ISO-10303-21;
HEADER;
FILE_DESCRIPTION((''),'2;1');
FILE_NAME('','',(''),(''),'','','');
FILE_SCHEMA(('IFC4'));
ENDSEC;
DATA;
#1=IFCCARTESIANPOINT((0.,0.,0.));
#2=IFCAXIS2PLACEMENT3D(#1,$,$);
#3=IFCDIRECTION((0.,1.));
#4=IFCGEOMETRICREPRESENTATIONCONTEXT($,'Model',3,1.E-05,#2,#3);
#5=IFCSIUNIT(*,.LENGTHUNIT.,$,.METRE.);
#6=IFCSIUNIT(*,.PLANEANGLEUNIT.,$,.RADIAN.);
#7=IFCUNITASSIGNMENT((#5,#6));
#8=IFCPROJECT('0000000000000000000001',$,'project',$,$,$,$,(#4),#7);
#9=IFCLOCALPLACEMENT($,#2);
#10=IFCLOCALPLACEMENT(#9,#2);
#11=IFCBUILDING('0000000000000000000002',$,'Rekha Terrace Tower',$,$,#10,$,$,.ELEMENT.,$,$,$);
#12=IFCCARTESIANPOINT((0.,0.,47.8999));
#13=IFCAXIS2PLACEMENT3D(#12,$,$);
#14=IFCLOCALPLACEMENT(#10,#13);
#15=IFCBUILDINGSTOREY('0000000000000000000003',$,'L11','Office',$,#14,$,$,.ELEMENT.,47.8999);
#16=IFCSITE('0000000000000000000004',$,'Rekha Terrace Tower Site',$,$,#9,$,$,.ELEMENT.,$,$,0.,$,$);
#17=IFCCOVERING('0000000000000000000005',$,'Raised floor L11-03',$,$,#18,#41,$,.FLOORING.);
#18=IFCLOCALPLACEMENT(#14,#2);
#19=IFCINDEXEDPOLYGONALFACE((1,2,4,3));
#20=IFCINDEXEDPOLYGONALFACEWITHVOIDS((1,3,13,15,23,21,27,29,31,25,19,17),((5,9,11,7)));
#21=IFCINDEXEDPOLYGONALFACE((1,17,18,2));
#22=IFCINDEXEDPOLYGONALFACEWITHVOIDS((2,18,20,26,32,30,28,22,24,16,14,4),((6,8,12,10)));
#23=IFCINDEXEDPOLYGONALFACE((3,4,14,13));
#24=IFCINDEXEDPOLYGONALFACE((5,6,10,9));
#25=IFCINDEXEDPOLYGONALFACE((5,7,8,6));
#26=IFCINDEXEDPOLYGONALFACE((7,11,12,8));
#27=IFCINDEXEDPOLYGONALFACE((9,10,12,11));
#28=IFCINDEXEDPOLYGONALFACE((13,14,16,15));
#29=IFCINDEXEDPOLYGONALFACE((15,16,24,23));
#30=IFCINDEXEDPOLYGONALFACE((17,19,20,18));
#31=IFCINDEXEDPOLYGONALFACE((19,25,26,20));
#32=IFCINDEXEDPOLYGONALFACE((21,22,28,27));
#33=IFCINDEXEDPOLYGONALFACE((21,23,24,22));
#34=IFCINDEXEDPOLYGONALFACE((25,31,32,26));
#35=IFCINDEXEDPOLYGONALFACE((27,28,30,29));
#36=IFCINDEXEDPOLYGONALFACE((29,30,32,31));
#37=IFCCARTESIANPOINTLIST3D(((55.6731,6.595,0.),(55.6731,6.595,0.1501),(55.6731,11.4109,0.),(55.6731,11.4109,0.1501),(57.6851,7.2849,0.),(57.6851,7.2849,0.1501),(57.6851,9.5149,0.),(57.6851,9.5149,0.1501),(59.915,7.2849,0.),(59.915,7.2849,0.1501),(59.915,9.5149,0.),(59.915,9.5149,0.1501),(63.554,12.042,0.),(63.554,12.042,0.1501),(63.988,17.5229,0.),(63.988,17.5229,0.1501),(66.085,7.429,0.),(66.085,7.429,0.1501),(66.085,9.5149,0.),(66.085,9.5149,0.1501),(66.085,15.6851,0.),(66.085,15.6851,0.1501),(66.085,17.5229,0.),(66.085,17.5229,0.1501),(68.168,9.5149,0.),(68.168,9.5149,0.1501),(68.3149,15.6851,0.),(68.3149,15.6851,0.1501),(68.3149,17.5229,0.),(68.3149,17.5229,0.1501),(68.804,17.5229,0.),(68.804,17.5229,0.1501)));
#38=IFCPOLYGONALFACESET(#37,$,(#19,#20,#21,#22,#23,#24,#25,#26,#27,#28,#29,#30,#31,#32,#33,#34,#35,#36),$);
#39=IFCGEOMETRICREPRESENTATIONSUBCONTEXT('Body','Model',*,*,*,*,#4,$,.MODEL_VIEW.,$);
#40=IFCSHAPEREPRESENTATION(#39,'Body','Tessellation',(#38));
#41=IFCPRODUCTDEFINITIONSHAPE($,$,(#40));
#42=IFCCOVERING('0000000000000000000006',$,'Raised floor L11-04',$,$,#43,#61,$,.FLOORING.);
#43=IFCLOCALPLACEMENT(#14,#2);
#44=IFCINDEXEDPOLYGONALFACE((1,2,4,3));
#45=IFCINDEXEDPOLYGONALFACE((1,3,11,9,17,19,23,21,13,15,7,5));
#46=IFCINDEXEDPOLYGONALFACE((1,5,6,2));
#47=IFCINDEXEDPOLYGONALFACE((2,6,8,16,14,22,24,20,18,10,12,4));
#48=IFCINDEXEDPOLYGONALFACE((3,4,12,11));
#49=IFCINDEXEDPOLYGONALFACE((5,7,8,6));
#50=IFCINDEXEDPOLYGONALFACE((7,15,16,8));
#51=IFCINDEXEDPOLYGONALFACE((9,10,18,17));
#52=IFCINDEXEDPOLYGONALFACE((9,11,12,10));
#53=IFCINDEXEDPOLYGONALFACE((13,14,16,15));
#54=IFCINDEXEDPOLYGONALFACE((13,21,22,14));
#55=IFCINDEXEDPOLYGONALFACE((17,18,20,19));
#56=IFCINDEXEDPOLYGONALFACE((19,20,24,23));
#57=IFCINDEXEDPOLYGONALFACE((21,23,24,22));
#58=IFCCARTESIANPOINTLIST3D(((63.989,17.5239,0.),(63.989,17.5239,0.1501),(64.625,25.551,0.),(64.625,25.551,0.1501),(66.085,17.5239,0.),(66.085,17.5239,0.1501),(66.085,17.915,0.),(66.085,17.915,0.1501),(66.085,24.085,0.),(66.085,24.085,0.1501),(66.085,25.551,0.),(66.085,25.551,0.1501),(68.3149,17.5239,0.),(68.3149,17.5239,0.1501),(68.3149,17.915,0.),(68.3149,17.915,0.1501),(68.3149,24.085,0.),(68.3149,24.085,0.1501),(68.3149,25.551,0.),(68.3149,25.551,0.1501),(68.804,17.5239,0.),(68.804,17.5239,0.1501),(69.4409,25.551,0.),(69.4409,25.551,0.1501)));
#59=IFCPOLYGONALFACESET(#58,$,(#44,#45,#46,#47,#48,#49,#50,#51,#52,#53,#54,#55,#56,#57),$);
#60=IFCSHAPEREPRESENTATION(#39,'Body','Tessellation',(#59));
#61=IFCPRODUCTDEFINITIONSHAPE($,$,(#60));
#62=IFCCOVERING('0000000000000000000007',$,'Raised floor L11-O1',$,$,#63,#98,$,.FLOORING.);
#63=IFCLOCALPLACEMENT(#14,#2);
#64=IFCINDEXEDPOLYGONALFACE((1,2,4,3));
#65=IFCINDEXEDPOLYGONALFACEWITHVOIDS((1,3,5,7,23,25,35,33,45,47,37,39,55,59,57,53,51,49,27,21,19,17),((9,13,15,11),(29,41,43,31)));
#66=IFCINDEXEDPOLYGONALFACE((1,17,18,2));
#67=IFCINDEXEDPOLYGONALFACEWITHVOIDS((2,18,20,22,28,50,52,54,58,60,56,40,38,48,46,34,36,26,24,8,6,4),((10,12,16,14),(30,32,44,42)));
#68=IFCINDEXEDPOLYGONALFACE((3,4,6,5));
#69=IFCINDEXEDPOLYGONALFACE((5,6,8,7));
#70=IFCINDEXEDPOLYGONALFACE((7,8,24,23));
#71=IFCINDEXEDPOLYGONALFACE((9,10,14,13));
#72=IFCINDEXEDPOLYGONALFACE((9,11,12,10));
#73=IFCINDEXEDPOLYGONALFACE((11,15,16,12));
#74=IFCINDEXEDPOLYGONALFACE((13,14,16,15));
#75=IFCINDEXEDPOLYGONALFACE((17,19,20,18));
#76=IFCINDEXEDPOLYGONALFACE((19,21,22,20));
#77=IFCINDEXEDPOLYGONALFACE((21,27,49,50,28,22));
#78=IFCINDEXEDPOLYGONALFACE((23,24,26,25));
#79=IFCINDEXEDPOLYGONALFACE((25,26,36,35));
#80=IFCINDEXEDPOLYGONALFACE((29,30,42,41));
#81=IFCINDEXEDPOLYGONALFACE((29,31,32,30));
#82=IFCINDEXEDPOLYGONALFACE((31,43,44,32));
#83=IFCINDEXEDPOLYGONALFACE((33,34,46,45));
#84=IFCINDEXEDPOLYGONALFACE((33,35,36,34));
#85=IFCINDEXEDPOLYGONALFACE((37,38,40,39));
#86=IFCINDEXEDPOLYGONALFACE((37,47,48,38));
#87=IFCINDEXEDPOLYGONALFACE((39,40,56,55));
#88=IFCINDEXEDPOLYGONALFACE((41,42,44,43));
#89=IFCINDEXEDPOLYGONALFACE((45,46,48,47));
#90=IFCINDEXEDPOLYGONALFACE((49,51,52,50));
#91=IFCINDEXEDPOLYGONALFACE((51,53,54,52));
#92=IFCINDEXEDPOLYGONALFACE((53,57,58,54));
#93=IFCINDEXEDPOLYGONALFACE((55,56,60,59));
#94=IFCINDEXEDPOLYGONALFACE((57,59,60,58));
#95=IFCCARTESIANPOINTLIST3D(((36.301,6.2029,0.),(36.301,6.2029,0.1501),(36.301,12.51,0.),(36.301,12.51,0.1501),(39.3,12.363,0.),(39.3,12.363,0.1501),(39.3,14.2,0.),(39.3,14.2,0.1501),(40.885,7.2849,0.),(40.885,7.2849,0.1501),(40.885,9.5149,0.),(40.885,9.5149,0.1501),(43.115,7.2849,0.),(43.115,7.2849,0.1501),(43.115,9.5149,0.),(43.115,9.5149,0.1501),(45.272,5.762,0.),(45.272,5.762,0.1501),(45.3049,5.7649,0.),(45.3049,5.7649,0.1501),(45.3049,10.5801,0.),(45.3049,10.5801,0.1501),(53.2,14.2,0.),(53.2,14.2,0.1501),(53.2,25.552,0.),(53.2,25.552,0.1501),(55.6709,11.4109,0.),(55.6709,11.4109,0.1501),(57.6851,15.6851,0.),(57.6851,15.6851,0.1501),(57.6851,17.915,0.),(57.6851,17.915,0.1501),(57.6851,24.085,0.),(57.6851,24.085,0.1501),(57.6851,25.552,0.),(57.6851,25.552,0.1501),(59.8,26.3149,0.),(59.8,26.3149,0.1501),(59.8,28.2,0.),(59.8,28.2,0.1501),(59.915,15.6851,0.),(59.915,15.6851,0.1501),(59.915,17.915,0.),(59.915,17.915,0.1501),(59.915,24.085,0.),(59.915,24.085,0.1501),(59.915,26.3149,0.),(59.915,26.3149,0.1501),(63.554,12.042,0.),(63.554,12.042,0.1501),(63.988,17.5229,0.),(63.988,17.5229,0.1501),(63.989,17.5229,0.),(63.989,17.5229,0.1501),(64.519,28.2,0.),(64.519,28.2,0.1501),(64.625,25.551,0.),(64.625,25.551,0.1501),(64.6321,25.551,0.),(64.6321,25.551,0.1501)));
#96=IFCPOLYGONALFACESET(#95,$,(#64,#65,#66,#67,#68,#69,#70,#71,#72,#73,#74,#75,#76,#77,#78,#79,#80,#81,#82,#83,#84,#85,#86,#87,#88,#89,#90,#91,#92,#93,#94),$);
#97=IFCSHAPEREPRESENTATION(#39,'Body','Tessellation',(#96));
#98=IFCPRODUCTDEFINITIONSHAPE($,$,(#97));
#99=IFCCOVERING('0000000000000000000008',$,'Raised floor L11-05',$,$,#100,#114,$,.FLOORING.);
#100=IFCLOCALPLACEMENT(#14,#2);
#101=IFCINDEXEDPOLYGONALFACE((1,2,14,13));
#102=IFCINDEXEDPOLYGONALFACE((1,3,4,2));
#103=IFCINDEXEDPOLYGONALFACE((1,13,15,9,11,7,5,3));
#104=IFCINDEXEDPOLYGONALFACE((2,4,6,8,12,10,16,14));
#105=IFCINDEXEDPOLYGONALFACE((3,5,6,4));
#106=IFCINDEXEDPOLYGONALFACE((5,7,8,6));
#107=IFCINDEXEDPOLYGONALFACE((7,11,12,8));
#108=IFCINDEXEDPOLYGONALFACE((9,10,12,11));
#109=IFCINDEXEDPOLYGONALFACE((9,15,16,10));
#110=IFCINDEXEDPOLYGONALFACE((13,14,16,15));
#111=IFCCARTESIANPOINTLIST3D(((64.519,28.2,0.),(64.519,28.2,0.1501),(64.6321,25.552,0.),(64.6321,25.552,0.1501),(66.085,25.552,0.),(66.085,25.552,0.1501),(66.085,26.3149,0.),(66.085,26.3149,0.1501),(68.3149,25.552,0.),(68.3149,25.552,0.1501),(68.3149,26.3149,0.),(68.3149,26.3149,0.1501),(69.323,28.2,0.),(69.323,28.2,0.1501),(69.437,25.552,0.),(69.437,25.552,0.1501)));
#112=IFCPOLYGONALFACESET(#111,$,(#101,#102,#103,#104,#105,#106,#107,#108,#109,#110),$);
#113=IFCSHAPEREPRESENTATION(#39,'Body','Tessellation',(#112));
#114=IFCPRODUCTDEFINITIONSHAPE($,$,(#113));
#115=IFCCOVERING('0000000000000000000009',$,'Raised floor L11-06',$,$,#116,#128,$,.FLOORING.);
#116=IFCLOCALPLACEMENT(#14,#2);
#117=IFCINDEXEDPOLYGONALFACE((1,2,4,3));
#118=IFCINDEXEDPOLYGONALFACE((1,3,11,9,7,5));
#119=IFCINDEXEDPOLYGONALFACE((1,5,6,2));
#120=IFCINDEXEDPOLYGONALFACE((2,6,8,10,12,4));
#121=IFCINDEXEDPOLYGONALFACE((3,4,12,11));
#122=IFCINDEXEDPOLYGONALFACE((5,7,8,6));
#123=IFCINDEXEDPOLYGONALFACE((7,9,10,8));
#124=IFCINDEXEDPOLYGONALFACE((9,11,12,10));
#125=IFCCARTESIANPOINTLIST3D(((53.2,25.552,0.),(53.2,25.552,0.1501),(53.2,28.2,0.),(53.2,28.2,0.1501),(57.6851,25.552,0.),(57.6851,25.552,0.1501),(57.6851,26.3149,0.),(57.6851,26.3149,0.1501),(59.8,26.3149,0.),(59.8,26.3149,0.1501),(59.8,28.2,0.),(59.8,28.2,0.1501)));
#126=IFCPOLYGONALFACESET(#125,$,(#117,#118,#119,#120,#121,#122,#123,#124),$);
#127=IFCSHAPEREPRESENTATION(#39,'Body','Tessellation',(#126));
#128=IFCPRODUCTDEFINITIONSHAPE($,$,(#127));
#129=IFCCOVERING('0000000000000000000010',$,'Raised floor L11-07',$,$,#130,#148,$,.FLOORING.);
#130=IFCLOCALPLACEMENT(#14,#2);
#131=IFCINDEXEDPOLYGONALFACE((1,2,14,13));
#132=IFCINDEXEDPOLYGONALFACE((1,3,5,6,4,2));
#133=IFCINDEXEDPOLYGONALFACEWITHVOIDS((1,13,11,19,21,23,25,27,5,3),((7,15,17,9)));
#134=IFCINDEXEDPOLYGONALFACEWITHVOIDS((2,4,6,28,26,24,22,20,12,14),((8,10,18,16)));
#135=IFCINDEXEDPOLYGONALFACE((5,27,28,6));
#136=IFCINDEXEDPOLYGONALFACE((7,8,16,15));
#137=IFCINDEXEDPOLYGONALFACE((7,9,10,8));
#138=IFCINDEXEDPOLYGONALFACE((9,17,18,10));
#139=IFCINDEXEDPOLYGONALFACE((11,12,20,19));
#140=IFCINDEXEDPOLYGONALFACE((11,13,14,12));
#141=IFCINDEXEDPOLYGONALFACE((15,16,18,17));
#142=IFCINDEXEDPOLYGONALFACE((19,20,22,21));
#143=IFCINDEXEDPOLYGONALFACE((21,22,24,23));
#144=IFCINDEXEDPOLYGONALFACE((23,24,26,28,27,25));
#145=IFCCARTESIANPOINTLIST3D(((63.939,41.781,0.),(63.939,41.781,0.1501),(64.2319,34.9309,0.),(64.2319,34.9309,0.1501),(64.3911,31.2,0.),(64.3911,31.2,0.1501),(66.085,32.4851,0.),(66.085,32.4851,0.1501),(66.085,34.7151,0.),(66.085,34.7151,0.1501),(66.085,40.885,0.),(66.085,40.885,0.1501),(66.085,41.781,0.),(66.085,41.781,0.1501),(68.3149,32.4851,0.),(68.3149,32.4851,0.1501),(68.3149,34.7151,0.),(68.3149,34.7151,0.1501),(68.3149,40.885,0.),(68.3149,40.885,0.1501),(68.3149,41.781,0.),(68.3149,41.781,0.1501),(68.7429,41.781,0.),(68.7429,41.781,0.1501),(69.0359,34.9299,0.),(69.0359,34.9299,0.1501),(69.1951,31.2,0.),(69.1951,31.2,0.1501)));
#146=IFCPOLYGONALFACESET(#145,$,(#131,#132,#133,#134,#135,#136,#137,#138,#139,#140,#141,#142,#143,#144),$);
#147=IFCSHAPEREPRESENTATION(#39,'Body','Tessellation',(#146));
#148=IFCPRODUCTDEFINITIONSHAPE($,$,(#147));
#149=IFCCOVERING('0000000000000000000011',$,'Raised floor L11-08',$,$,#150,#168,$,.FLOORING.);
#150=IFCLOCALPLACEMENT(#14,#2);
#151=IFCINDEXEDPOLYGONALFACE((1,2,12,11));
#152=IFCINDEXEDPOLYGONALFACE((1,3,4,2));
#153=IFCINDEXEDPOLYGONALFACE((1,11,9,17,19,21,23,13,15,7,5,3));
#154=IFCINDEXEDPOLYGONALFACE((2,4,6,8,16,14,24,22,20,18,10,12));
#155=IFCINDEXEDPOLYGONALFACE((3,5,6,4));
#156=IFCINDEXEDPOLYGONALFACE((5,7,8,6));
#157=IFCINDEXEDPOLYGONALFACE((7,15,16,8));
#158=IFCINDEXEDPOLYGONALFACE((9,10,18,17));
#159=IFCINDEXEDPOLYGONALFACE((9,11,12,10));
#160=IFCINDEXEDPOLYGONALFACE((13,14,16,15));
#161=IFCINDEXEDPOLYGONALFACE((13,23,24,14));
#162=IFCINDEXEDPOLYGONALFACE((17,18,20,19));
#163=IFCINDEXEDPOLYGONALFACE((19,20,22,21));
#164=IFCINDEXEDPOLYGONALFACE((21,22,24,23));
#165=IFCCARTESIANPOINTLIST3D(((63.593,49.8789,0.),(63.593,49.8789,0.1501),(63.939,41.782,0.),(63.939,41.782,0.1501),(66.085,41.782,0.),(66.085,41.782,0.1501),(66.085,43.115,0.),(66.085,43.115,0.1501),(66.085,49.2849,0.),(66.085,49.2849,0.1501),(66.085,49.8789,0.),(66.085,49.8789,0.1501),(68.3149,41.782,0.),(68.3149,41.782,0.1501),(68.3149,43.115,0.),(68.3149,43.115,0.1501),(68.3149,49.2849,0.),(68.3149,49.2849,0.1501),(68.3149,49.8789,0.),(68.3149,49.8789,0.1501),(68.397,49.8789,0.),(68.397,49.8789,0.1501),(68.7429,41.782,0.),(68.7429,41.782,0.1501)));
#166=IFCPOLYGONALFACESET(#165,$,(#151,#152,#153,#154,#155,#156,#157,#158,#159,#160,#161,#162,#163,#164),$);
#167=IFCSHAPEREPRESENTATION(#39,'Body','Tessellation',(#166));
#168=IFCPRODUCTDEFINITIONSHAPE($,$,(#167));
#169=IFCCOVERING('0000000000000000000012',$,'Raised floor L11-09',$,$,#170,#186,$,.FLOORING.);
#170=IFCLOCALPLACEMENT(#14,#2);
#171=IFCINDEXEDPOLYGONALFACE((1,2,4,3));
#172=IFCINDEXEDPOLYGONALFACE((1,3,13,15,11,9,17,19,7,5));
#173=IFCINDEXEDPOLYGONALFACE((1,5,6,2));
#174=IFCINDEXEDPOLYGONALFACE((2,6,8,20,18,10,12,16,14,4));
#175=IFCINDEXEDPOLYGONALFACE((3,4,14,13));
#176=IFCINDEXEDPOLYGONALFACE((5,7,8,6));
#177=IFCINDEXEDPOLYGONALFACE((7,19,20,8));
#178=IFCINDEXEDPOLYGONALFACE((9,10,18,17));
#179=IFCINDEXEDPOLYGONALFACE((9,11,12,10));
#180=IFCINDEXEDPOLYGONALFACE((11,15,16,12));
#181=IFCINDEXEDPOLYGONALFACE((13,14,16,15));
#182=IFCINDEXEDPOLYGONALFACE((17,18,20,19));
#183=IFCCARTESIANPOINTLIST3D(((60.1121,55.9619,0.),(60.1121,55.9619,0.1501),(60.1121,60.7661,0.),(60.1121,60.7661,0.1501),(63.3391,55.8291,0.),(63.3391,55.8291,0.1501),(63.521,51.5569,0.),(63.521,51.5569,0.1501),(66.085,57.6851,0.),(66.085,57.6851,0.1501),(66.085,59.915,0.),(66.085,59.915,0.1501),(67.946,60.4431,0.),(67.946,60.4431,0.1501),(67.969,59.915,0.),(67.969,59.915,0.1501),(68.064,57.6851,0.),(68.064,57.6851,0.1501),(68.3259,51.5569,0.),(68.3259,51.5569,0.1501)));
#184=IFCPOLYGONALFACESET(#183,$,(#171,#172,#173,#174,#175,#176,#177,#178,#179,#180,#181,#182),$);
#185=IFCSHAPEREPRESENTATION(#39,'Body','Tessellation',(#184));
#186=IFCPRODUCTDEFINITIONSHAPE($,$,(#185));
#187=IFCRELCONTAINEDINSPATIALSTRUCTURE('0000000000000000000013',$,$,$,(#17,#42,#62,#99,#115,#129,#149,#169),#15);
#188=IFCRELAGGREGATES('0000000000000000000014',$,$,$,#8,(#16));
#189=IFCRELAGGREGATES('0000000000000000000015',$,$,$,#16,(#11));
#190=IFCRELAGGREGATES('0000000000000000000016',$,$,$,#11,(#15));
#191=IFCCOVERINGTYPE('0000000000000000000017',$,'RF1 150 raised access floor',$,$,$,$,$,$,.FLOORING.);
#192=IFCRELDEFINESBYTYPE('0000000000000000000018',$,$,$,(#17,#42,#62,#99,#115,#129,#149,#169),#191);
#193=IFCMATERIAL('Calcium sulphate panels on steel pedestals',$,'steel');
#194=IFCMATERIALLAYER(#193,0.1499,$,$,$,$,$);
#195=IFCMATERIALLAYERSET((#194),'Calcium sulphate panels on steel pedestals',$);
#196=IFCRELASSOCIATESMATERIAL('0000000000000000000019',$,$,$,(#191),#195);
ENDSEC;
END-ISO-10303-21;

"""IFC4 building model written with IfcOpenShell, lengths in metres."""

from ifc_helpers import new_model, si_unit, direction, frame, origin, place, context, subcontext, project, spatial, polyline, outline, extrude, material, layer, layer_set, type_object, element, save


model = new_model("IFC4")

# Units and contexts
model_context = context("Model", 3, precision=1e-05, world=origin(), true_north=direction((0.0, 1.0)))
body_context = subcontext(model_context, "Body", "Model", "MODEL_VIEW")
ifc_project = project(units=[si_unit("LENGTHUNIT", "METRE"), si_unit("PLANEANGLEUNIT", "RADIAN")], contexts=[model_context])

# Site, building, storey
site_placement = place(None, origin())
site = spatial("IfcSite", under=ifc_project, at=site_placement, Name="Rekha Terrace Tower Site", CompositionType="ELEMENT", RefElevation=0.0)
building_placement = place(site_placement, origin())
building = spatial("IfcBuilding", under=site, at=building_placement, Name="Rekha Terrace Tower", CompositionType="ELEMENT")
storey_placement = place(building_placement, frame((0.0, 0.0, 47.8999)))
storey = spatial("IfcBuildingStorey", under=building, at=storey_placement, Name="L11", Description="Office", CompositionType="ELEMENT", Elevation=47.8999)

# Coverings
ifc_material_1 = material(Name="Calcium sulphate panels on steel pedestals", Category="steel")
ifc_layer_1 = layer(ifc_material_1, 0.1499)
ifc_layer_set_1 = layer_set([ifc_layer_1], Name="Calcium sulphate panels on steel pedestals")
covering_type_1 = type_object("IfcCoveringType", Name="RF1 150 raised access floor", PredefinedType="FLOORING", material=ifc_layer_set_1)
covering_1_placement = place(storey_placement, origin())
element("IfcCovering", 1, at=covering_1_placement, inside=storey, type_object=covering_type_1, Name="Raised floor L11-03", PredefinedType="FLOORING", context=body_context, shape_type="SweptSolid", body=[
    extrude(outline(polyline([(63.554, 12.042), (55.6731, 11.4109), (55.6731, 6.595), (66.085, 7.429), (66.085, 9.5149), (68.168, 9.5149), (68.804, 17.5229), (68.3149, 17.5229), (68.3149, 15.6851), (66.085, 15.6851), (66.085, 17.5229), (63.988, 17.5229), (63.554, 12.042)]), holes=[polyline([(59.915, 7.2849), (57.6851, 7.2849), (57.6851, 9.5149), (59.915, 9.5149), (59.915, 7.2849)])]), origin(), (0.0, 0.0, 1.0), 0.1501),
])
covering_2_placement = place(storey_placement, origin())
element("IfcCovering", 2, at=covering_2_placement, inside=storey, type_object=covering_type_1, Name="Raised floor L11-04", PredefinedType="FLOORING", context=body_context, shape_type="SweptSolid", body=[
    extrude(outline(polyline([(68.3149, 17.915), (68.3149, 17.5239), (68.804, 17.5239), (69.4409, 25.551), (68.3149, 25.551), (68.3149, 24.085), (66.085, 24.085), (66.085, 25.551), (64.625, 25.551), (63.989, 17.5239), (66.085, 17.5239), (66.085, 17.915), (68.3149, 17.915)])), origin(), (0.0, 0.0, 1.0), 0.1501),
])
covering_3_placement = place(storey_placement, origin())
element("IfcCovering", 3, at=covering_3_placement, inside=storey, type_object=covering_type_1, Name="Raised floor L11-O1", PredefinedType="FLOORING", context=body_context, shape_type="SweptSolid", body=[
    extrude(outline(polyline([(45.3049, 10.5801), (55.6709, 11.4109), (63.554, 12.042), (63.988, 17.5229), (63.989, 17.5229), (64.625, 25.551), (64.6321, 25.551), (64.519, 28.2), (59.8, 28.2), (59.8, 26.3149), (59.915, 26.3149), (59.915, 24.085), (57.6851, 24.085), (57.6851, 25.552), (53.2, 25.552), (53.2, 14.2), (39.3, 14.2), (39.3, 12.363), (36.301, 12.51), (36.301, 6.2029), (45.272, 5.762), (45.3049, 5.7649), (45.3049, 10.5801)]), holes=[polyline([(59.915, 17.915), (59.915, 15.6851), (57.6851, 15.6851), (57.6851, 17.915), (59.915, 17.915)]), polyline([(43.115, 7.2849), (40.885, 7.2849), (40.885, 9.5149), (43.115, 9.5149), (43.115, 7.2849)])]), origin(), (0.0, 0.0, 1.0), 0.1501),
])
covering_4_placement = place(storey_placement, origin())
element("IfcCovering", 4, at=covering_4_placement, inside=storey, type_object=covering_type_1, Name="Raised floor L11-05", PredefinedType="FLOORING", context=body_context, shape_type="SweptSolid", body=[
    extrude(outline(polyline([(69.437, 25.552), (69.323, 28.2), (64.519, 28.2), (64.6321, 25.552), (66.085, 25.552), (66.085, 26.3149), (68.3149, 26.3149), (68.3149, 25.552), (69.437, 25.552)])), origin(), (0.0, 0.0, 1.0), 0.1501),
])
covering_5_placement = place(storey_placement, origin())
element("IfcCovering", 5, at=covering_5_placement, inside=storey, type_object=covering_type_1, Name="Raised floor L11-06", PredefinedType="FLOORING", context=body_context, shape_type="SweptSolid", body=[
    extrude(outline(polyline([(59.8, 26.3149), (59.8, 28.2), (53.2, 28.2), (53.2, 25.552), (57.6851, 25.552), (57.6851, 26.3149), (59.8, 26.3149)])), origin(), (0.0, 0.0, 1.0), 0.1501),
])
covering_6_placement = place(storey_placement, origin())
element("IfcCovering", 6, at=covering_6_placement, inside=storey, type_object=covering_type_1, Name="Raised floor L11-07", PredefinedType="FLOORING", context=body_context, shape_type="SweptSolid", body=[
    extrude(outline(polyline([(69.1951, 31.2), (69.0359, 34.9299), (68.7429, 41.781), (68.3149, 41.781), (68.3149, 40.885), (66.085, 40.885), (66.085, 41.781), (63.939, 41.781), (64.2319, 34.9309), (64.3911, 31.2), (69.1951, 31.2)]), holes=[polyline([(68.3149, 32.4851), (66.085, 32.4851), (66.085, 34.7151), (68.3149, 34.7151), (68.3149, 32.4851)])]), origin(), (0.0, 0.0, 1.0), 0.1501),
])
covering_7_placement = place(storey_placement, origin())
element("IfcCovering", 7, at=covering_7_placement, inside=storey, type_object=covering_type_1, Name="Raised floor L11-08", PredefinedType="FLOORING", context=body_context, shape_type="SweptSolid", body=[
    extrude(outline(polyline([(68.3149, 41.782), (68.7429, 41.782), (68.397, 49.8789), (68.3149, 49.8789), (68.3149, 49.2849), (66.085, 49.2849), (66.085, 49.8789), (63.593, 49.8789), (63.939, 41.782), (66.085, 41.782), (66.085, 43.115), (68.3149, 43.115), (68.3149, 41.782)])), origin(), (0.0, 0.0, 1.0), 0.1501),
])
covering_8_placement = place(storey_placement, origin())
element("IfcCovering", 8, at=covering_8_placement, inside=storey, type_object=covering_type_1, Name="Raised floor L11-09", PredefinedType="FLOORING", context=body_context, shape_type="SweptSolid", body=[
    extrude(outline(polyline([(67.946, 60.4431), (60.1121, 60.7661), (60.1121, 55.9619), (63.3391, 55.8291), (63.521, 51.5569), (68.3259, 51.5569), (68.064, 57.6851), (66.085, 57.6851), (66.085, 59.915), (67.969, 59.915), (67.946, 60.4431)])), origin(), (0.0, 0.0, 1.0), 0.1501),
])

save(model, "model.ifc")
